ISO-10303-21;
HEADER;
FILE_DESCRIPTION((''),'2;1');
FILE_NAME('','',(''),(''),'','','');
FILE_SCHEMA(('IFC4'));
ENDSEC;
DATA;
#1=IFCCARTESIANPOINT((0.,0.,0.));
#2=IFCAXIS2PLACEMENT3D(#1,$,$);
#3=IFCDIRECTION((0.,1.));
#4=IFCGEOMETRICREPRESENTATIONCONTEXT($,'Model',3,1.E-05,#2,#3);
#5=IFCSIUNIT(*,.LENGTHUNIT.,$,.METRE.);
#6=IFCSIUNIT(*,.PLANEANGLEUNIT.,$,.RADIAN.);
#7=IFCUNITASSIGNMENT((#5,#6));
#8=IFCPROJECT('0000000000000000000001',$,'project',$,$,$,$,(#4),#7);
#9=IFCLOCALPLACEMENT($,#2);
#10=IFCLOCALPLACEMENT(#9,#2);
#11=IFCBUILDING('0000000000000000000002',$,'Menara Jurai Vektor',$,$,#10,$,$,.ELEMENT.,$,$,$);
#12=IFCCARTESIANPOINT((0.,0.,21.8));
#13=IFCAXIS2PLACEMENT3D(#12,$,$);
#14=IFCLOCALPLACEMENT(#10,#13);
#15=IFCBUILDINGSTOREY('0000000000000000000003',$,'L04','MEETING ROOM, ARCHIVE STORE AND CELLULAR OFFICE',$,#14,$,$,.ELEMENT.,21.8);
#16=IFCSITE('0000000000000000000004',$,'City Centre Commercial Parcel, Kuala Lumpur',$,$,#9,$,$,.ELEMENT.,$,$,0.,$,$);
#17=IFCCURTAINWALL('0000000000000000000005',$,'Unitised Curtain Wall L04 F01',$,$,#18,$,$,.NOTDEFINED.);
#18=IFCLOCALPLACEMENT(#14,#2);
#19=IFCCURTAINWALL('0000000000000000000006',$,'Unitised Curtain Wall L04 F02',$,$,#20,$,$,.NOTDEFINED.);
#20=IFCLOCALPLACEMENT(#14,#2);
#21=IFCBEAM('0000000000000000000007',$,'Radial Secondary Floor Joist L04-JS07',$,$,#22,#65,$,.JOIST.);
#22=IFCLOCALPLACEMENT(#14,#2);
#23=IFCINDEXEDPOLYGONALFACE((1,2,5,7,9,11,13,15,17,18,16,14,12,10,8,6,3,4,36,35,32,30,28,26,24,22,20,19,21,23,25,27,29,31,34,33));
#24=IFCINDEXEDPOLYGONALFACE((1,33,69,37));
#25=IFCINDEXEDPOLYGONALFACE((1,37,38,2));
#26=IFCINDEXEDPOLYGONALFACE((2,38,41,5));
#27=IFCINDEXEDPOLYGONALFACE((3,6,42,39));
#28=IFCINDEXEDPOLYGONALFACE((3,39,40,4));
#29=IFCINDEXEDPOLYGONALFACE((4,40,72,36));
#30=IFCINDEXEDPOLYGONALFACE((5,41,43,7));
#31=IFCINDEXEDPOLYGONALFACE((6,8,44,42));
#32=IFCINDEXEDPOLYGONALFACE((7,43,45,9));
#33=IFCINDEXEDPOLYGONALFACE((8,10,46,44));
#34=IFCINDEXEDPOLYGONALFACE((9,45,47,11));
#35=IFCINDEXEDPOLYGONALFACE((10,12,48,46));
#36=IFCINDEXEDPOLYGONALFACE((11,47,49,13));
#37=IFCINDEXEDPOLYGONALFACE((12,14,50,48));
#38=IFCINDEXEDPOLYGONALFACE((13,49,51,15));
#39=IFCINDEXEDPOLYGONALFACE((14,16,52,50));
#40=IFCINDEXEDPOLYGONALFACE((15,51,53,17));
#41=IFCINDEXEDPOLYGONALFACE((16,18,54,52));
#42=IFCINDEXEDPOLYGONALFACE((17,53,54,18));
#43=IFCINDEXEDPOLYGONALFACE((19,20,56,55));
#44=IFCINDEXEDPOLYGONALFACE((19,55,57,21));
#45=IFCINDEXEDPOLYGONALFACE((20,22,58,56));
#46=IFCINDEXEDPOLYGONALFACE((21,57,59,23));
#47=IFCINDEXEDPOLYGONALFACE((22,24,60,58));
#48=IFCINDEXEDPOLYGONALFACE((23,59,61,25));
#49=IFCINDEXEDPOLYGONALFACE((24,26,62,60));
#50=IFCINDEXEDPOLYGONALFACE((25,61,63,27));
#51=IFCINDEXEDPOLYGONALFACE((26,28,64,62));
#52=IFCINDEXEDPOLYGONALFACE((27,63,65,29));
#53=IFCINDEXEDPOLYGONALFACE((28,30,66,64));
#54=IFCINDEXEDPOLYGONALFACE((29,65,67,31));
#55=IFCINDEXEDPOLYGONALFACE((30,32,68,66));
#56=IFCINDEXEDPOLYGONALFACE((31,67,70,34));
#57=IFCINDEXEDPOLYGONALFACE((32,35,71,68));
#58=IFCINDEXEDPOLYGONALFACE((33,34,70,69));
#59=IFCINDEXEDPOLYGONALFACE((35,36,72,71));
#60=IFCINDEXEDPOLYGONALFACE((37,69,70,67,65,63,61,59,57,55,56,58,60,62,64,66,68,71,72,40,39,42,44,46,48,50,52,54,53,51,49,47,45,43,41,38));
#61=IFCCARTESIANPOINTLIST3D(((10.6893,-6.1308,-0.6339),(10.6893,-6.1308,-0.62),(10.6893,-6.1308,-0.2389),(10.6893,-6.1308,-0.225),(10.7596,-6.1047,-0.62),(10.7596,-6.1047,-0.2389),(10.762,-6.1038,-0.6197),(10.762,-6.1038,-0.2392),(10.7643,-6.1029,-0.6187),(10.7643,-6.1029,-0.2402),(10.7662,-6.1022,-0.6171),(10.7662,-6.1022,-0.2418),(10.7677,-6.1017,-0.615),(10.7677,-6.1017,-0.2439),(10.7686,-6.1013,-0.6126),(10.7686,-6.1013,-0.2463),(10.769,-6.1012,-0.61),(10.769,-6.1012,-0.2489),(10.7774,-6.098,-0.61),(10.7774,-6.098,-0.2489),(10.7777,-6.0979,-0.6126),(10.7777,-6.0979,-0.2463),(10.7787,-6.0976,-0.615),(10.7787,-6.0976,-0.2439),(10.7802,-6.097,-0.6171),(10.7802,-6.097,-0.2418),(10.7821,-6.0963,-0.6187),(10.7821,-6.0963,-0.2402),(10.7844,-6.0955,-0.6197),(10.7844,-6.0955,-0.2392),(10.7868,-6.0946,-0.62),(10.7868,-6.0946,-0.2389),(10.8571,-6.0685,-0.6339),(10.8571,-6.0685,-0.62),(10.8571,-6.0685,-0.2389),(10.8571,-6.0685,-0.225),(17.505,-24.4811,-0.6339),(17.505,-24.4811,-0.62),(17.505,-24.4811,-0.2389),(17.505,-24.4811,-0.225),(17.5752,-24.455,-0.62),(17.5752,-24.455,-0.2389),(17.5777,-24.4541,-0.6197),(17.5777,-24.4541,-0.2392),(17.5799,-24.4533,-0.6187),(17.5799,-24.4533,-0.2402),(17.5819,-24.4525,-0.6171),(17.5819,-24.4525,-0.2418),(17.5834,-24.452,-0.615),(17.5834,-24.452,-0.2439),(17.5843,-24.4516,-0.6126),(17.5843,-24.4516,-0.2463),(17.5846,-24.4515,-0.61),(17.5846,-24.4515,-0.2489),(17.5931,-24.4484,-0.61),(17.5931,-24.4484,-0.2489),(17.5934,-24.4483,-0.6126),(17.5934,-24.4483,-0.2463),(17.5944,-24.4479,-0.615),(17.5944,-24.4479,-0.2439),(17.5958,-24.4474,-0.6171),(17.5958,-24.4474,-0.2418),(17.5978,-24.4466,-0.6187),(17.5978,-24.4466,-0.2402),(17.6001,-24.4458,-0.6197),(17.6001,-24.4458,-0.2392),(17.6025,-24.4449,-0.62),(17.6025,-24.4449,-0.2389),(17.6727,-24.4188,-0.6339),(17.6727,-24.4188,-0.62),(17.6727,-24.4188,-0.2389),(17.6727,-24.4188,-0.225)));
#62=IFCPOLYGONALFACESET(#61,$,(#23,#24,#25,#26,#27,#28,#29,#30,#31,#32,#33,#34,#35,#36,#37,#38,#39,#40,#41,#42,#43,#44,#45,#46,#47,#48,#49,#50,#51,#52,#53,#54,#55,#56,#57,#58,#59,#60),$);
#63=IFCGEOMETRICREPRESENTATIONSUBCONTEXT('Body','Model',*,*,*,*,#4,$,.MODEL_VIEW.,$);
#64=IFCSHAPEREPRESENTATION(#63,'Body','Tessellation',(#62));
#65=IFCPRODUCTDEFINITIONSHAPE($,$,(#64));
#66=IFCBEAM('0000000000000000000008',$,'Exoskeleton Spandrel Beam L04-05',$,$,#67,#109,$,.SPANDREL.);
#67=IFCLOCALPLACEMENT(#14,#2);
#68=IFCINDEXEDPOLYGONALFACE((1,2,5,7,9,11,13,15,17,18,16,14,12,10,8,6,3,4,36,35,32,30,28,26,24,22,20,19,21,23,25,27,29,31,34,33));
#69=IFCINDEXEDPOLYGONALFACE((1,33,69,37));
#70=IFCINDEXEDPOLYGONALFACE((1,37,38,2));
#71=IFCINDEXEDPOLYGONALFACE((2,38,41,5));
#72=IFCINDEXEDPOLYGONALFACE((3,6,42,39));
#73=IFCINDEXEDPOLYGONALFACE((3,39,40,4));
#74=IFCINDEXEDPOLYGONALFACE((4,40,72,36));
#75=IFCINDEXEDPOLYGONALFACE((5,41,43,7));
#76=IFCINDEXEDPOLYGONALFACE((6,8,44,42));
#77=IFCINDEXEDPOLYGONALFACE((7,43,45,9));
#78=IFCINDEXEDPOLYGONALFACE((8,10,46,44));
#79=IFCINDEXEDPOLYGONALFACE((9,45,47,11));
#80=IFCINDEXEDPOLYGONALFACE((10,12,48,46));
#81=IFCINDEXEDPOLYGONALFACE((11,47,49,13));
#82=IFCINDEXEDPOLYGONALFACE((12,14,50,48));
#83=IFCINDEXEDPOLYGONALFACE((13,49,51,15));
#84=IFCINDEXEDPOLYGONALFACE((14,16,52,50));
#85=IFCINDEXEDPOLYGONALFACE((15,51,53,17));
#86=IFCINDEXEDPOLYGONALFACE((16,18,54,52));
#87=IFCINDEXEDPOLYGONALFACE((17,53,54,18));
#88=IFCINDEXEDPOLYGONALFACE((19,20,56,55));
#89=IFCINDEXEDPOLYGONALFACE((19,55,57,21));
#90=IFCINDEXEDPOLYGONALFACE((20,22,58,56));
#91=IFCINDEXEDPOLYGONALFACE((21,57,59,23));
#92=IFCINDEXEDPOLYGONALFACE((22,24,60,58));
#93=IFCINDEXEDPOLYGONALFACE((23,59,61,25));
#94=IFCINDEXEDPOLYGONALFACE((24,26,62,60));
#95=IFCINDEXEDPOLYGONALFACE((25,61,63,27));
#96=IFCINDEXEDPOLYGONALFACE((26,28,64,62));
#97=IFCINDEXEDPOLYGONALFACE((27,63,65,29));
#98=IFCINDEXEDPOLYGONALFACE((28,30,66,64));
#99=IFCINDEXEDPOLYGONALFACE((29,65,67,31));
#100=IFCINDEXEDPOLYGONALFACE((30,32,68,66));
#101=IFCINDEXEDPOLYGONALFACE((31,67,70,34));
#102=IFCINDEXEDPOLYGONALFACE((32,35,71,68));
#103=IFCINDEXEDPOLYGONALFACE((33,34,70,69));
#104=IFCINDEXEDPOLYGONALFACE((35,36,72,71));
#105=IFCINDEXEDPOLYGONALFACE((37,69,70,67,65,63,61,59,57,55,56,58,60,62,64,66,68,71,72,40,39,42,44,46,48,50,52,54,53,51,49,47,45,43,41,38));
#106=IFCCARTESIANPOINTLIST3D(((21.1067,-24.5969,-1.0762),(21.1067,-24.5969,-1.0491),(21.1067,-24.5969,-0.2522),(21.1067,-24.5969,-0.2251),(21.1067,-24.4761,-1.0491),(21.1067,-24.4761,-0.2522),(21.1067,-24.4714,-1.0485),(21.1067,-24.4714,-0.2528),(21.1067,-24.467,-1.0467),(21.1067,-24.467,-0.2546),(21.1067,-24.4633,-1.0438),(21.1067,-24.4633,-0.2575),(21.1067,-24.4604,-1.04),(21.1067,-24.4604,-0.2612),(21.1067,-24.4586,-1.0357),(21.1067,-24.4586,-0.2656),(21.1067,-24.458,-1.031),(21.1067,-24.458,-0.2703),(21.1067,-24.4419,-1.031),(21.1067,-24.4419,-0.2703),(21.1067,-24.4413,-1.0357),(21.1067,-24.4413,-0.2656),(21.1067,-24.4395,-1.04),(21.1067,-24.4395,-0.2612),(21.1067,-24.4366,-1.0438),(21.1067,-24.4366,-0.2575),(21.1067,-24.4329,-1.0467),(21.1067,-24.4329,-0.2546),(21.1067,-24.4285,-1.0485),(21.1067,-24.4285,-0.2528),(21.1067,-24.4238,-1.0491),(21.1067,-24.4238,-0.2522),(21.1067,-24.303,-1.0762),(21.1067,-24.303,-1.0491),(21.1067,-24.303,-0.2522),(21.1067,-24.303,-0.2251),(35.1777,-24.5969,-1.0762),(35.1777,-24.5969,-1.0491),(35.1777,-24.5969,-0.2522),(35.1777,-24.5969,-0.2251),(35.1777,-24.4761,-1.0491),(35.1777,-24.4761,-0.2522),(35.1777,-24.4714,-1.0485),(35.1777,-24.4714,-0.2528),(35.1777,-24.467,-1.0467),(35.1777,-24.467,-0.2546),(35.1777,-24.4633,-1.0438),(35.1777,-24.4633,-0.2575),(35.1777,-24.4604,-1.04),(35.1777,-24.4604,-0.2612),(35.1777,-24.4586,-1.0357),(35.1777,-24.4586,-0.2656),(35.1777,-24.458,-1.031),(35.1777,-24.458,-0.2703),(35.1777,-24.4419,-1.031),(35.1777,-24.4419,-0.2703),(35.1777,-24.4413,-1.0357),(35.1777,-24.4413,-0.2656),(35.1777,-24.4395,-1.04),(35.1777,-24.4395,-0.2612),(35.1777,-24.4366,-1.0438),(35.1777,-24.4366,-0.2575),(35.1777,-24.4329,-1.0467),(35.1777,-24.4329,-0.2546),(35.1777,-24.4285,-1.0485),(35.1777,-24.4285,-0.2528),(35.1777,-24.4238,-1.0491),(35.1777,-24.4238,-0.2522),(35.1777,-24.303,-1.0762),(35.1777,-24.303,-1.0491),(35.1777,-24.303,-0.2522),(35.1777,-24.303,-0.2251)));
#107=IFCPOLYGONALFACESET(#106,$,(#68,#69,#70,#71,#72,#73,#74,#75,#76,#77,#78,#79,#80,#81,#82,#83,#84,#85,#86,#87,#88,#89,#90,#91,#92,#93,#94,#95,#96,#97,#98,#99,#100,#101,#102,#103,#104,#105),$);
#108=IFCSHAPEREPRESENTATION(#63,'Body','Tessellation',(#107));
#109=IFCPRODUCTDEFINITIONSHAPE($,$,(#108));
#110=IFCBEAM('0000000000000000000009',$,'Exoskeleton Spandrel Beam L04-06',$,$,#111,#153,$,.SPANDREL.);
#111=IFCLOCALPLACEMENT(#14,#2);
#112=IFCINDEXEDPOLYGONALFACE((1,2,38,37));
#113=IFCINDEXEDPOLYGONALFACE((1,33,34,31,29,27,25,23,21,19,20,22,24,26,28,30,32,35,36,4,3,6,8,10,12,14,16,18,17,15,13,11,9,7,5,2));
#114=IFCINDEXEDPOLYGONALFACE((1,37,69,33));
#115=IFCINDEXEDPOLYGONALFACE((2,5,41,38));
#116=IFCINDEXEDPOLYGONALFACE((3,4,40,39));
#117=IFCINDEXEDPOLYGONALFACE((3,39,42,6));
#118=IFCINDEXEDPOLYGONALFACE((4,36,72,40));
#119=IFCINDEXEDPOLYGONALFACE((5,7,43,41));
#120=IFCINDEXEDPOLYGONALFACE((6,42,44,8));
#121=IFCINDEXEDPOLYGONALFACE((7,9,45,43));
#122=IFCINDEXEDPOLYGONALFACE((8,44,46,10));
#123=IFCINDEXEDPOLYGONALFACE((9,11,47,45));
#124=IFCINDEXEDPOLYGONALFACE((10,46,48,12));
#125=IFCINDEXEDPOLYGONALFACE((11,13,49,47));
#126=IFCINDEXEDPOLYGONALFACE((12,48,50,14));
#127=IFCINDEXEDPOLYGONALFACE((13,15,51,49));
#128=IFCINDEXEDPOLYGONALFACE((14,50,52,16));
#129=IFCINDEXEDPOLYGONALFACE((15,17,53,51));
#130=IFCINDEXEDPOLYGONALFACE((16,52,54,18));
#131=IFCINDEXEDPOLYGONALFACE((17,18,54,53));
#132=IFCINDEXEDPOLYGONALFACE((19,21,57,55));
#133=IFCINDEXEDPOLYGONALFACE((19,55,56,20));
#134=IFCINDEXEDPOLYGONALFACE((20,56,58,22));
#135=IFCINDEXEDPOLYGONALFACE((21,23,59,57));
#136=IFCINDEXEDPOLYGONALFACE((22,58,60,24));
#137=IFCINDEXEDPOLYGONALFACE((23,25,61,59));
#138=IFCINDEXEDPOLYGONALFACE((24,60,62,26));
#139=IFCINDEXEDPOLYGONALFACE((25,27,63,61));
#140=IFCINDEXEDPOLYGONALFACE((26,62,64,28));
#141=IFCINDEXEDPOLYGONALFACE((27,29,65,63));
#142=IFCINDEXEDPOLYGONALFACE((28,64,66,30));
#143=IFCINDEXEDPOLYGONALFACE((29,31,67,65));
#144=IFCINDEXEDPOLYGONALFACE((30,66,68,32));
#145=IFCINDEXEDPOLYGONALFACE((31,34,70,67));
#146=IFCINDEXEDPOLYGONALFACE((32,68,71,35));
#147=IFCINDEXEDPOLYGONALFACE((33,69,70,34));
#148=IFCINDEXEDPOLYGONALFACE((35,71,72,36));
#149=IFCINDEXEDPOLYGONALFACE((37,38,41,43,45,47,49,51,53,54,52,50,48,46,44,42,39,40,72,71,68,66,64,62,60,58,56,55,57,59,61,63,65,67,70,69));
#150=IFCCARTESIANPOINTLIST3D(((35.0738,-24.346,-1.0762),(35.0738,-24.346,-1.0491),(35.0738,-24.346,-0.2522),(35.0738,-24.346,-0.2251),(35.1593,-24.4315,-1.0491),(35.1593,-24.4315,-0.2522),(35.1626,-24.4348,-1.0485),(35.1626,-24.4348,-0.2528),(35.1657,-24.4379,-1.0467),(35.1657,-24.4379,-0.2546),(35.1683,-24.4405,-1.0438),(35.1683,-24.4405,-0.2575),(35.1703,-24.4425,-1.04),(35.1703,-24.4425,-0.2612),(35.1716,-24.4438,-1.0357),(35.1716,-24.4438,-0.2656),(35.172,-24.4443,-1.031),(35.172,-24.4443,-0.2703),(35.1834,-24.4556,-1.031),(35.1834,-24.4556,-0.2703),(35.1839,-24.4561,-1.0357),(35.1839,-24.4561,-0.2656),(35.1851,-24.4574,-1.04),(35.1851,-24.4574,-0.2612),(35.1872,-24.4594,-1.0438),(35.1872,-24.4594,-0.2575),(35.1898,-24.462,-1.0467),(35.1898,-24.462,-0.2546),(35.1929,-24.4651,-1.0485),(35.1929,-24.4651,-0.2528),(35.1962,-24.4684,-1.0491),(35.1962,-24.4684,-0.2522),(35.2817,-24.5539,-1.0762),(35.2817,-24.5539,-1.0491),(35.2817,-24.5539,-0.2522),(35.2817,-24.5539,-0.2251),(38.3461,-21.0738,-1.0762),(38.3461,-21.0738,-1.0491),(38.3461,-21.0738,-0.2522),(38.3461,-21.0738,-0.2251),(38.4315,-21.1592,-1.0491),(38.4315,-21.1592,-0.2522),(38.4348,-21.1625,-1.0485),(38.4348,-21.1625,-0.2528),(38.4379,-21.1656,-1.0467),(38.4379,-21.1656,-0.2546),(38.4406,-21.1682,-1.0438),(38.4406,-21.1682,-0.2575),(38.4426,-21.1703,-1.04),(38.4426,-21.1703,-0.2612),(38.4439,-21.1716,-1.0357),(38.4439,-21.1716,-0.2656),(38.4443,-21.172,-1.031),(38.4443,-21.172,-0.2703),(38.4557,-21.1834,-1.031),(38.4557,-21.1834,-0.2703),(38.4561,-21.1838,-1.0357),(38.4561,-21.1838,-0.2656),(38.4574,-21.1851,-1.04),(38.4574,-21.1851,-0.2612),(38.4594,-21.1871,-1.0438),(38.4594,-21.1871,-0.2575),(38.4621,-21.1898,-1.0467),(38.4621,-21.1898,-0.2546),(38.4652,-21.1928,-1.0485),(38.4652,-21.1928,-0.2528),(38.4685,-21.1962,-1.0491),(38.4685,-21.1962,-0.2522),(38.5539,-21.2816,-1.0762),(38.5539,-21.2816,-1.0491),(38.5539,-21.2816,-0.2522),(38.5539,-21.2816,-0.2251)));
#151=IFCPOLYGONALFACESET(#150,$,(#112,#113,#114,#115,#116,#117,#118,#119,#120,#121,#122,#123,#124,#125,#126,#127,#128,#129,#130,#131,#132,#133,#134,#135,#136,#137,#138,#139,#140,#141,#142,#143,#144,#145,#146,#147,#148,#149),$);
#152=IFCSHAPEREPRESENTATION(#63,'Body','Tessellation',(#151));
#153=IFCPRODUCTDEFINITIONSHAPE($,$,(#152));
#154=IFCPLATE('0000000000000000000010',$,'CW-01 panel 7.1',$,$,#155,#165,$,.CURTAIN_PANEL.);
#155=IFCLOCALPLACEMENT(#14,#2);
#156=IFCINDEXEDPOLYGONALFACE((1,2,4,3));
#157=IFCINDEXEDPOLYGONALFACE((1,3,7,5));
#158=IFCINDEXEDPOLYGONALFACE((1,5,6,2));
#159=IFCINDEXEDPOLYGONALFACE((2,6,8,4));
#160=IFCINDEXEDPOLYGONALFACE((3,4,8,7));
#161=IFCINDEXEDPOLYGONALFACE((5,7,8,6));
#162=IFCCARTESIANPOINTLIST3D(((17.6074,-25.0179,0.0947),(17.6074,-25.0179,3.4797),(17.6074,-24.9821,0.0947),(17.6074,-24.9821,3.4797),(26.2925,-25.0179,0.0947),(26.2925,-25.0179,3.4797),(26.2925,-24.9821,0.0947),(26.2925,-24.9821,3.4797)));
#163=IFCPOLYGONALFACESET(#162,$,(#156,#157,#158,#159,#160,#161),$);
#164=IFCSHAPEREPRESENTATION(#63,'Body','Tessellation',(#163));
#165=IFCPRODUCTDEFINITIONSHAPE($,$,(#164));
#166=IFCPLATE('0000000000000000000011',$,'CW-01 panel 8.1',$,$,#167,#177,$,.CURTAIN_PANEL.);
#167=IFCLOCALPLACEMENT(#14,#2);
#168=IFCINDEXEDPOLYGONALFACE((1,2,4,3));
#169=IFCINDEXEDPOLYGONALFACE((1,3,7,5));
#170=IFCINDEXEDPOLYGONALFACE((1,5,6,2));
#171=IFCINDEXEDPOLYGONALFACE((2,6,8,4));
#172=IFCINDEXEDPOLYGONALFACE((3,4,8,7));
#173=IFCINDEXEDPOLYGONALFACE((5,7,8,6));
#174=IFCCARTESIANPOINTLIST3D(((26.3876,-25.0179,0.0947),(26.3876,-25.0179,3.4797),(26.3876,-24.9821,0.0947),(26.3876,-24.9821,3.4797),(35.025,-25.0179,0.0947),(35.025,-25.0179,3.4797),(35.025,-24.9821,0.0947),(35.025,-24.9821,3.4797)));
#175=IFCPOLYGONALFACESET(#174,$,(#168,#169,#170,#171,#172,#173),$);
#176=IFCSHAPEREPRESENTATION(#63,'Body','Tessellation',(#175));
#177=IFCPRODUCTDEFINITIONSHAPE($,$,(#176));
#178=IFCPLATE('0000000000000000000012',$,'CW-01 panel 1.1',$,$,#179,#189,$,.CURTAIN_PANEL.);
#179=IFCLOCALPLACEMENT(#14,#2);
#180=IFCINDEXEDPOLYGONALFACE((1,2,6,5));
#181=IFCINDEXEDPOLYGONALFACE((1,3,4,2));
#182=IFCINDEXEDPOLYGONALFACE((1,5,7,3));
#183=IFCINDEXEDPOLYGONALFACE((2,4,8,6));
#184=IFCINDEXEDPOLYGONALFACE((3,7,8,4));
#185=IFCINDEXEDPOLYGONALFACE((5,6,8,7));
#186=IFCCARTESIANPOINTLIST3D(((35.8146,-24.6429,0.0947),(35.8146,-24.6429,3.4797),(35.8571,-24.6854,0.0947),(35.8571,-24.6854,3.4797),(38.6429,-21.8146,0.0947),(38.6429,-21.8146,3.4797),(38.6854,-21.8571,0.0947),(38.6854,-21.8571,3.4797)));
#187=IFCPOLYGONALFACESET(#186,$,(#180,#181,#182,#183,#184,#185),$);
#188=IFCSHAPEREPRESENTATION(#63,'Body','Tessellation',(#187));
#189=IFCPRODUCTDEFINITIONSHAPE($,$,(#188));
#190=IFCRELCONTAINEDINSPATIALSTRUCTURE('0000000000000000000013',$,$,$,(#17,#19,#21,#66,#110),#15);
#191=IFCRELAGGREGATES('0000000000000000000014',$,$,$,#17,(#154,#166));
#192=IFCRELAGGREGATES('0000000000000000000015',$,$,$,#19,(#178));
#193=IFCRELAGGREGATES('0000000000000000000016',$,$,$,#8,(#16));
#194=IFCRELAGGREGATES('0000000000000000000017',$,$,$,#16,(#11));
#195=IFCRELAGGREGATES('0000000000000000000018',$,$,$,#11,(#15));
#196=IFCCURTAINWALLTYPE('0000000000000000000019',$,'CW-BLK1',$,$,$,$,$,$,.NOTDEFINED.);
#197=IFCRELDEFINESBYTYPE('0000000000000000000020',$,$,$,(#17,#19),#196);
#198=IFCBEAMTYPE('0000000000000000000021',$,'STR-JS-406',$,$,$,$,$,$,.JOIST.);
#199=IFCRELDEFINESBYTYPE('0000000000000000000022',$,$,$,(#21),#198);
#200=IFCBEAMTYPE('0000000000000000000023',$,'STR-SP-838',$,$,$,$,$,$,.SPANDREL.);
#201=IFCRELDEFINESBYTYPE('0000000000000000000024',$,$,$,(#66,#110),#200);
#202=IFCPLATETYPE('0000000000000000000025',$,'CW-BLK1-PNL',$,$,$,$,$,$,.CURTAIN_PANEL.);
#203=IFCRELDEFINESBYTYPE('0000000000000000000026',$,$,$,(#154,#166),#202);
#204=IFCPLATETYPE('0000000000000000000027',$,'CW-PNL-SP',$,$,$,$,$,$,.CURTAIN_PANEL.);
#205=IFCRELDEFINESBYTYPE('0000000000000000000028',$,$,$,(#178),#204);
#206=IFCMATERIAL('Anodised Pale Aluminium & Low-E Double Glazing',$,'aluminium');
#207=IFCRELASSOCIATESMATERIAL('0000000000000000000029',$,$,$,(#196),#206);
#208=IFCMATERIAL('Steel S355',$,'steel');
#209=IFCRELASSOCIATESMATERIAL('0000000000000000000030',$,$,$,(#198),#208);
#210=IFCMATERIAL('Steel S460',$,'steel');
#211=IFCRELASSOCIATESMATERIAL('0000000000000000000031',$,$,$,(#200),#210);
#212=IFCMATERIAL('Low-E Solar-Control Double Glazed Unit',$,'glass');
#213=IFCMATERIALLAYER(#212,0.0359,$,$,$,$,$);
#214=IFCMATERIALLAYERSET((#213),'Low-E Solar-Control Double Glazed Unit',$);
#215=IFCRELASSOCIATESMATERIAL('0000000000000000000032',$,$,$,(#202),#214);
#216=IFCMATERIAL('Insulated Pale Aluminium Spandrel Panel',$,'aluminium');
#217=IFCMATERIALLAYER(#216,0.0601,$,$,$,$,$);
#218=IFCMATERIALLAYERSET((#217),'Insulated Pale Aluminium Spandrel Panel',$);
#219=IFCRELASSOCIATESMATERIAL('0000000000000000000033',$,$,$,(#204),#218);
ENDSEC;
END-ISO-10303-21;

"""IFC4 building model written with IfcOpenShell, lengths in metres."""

from ifc_helpers import new_model, si_unit, direction, frame, origin, origin_2d, place, context, subcontext, project, spatial, rectangle, i_section, extrude, material, layer, layer_set, material_profile, profile_set, type_object, element, aggregate, save


model = new_model("IFC4")

# Units and contexts
model_context = context("Model", 3, precision=1e-05, world=origin(), true_north=direction((0.0, 1.0)))
body_context = subcontext(model_context, "Body", "Model", "MODEL_VIEW")
ifc_project = project(units=[si_unit("LENGTHUNIT", "METRE"), si_unit("PLANEANGLEUNIT", "RADIAN")], contexts=[model_context])

# Site, building, storey
site_placement = place(None, origin())
site = spatial("IfcSite", under=ifc_project, at=site_placement, Name="City Centre Commercial Parcel, Kuala Lumpur", CompositionType="ELEMENT", RefElevation=0.0)
building_placement = place(site_placement, origin())
building = spatial("IfcBuilding", under=site, at=building_placement, Name="Menara Jurai Vektor", CompositionType="ELEMENT")
storey_placement = place(building_placement, frame((0.0, 0.0, 21.8)))
storey = spatial("IfcBuildingStorey", under=building, at=storey_placement, Name="L04", Description="MEETING ROOM, ARCHIVE STORE AND CELLULAR OFFICE", CompositionType="ELEMENT", Elevation=21.8)

# Shared definitions
ifc_material_1 = material(Name="Steel S460", Category="steel")

# Curtain walls
ifc_material_2 = material(Name="Anodised Pale Aluminium & Low-E Double Glazing", Category="aluminium")
curtain_wall_type = type_object("IfcCurtainWallType", Name="CW-BLK1", PredefinedType="NOTDEFINED", material=ifc_material_2)
curtain_wall_1_placement = place(storey_placement, origin())
curtain_wall_1 = element("IfcCurtainWall", 1, at=curtain_wall_1_placement, inside=storey, type_object=curtain_wall_type, Name="Unitised Curtain Wall L04 F01", PredefinedType="NOTDEFINED")
curtain_wall_2_placement = place(storey_placement, origin())
curtain_wall_2 = element("IfcCurtainWall", 2, at=curtain_wall_2_placement, inside=storey, type_object=curtain_wall_type, Name="Unitised Curtain Wall L04 F02", PredefinedType="NOTDEFINED")

# Beams
ifc_material_3 = material(Name="Steel S355", Category="steel")
ifc_material_profile_1 = material_profile(ifc_material_3, i_section(OverallWidth=0.179, OverallDepth=0.4089, WebThickness=0.009, FlangeThickness=0.0139, FilletRadius=0.01, at=origin_2d()), Name="UKB 406x178x67")
ifc_profile_set_1 = profile_set([ifc_material_profile_1], Name="Steel S355")
beam_type_1 = type_object("IfcBeamType", Name="STR-JS-406", PredefinedType="JOIST", material=ifc_profile_set_1)
beam_1_placement = place(storey_placement, frame((17.5889, -24.45, -0.4294), z_axis=(-0.348179, 0.937428, 0.0), x_axis=(-0.937428, -0.348179, 0.0)))
element("IfcBeam", 3, at=beam_1_placement, inside=storey, type_object=beam_type_1, Name="Radial Secondary Floor Joist L04-JS07", PredefinedType="JOIST", context=body_context, shape_type="SweptSolid", body=[
    extrude(i_section(OverallWidth=0.179, OverallDepth=0.4089, WebThickness=0.009, FlangeThickness=0.0139, FilletRadius=0.01, at=origin_2d()), origin(), (0.0, 0.0, 1.0), 19.5752),
])
ifc_material_profile_2 = material_profile(ifc_material_1, i_section(OverallWidth=0.2939, OverallDepth=0.8511, WebThickness=0.0161, FlangeThickness=0.0271, FilletRadius=0.0181, at=origin_2d()), Name="UKB 838x292x226")
ifc_profile_set_2 = profile_set([ifc_material_profile_2], Name="Steel S460")
beam_type_2 = type_object("IfcBeamType", Name="STR-SP-838", PredefinedType="SPANDREL", material=ifc_profile_set_2)
beam_2_placement = place(storey_placement, frame((21.1067, -24.45, -0.6506), z_axis=(1.0, 0.0, 0.0), x_axis=(0.0, 1.0, 0.0)))
element("IfcBeam", 4, at=beam_2_placement, inside=storey, type_object=beam_type_2, Name="Exoskeleton Spandrel Beam L04-05", PredefinedType="SPANDREL", context=body_context, shape_type="SweptSolid", body=[
    extrude(i_section(OverallWidth=0.2939, OverallDepth=0.8511, WebThickness=0.0161, FlangeThickness=0.0271, FilletRadius=0.0181, at=origin_2d()), origin(), (0.0, 0.0, 1.0), 14.071),
])
beam_3_placement = place(storey_placement, frame((35.1777, -24.45, -0.6506), z_axis=(0.707107, 0.707107, 0.0), x_axis=(-0.707107, 0.707107, 0.0)))
element("IfcBeam", 5, at=beam_3_placement, inside=storey, type_object=beam_type_2, Name="Exoskeleton Spandrel Beam L04-06", PredefinedType="SPANDREL", context=body_context, shape_type="SweptSolid", body=[
    extrude(i_section(OverallWidth=0.2939, OverallDepth=0.8511, WebThickness=0.0161, FlangeThickness=0.0271, FilletRadius=0.0181, at=origin_2d()), origin(), (0.0, 0.0, 1.0), 4.6277),
])

# Plates
ifc_material_4 = material(Name="Low-E Solar-Control Double Glazed Unit", Category="glass")
ifc_layer_1 = layer(ifc_material_4, 0.0359)
ifc_layer_set_1 = layer_set([ifc_layer_1], Name="Low-E Solar-Control Double Glazed Unit")
plate_type_1 = type_object("IfcPlateType", Name="CW-BLK1-PNL", PredefinedType="CURTAIN_PANEL", material=ifc_layer_set_1)
plate_1_placement = place(storey_placement, frame((21.95, -25.0, 0.0947), z_axis=(0.0, 0.0, 1.0), x_axis=(1.0, 0.0, 0.0)))
plate_1 = element("IfcPlate", 6, at=plate_1_placement, type_object=plate_type_1, Name="CW-01 panel 7.1", PredefinedType="CURTAIN_PANEL", context=body_context, shape_type="SweptSolid", body=[
    extrude(rectangle(XDim=8.6851, YDim=0.0359, at=origin_2d()), origin(), (0.0, 0.0, 1.0), 3.385),
])
plate_2_placement = place(storey_placement, frame((30.7063, -25.0, 0.0947), z_axis=(0.0, 0.0, 1.0), x_axis=(1.0, 0.0, 0.0)))
plate_2 = element("IfcPlate", 7, at=plate_2_placement, type_object=plate_type_1, Name="CW-01 panel 8.1", PredefinedType="CURTAIN_PANEL", context=body_context, shape_type="SweptSolid", body=[
    extrude(rectangle(XDim=8.6375, YDim=0.0359, at=origin_2d()), origin(), (0.0, 0.0, 1.0), 3.385),
])
aggregate(curtain_wall_1, [plate_1, plate_2])
ifc_material_5 = material(Name="Insulated Pale Aluminium Spandrel Panel", Category="aluminium")
ifc_layer_2 = layer(ifc_material_5, 0.0601)
ifc_layer_set_2 = layer_set([ifc_layer_2], Name="Insulated Pale Aluminium Spandrel Panel")
plate_type_2 = type_object("IfcPlateType", Name="CW-PNL-SP", PredefinedType="CURTAIN_PANEL", material=ifc_layer_set_2)
plate_3_placement = place(storey_placement, frame((37.25, -23.25, 0.0947), z_axis=(0.0, 0.0, 1.0), x_axis=(0.707107, 0.707107, 0.0)))
plate_3 = element("IfcPlate", 8, at=plate_3_placement, type_object=plate_type_2, Name="CW-01 panel 1.1", PredefinedType="CURTAIN_PANEL", context=body_context, shape_type="SweptSolid", body=[
    extrude(rectangle(XDim=3.9998, YDim=0.0601, at=origin_2d()), origin(), (0.0, 0.0, 1.0), 3.385),
])
aggregate(curtain_wall_2, [plate_3])

save(model, "model.ifc")
